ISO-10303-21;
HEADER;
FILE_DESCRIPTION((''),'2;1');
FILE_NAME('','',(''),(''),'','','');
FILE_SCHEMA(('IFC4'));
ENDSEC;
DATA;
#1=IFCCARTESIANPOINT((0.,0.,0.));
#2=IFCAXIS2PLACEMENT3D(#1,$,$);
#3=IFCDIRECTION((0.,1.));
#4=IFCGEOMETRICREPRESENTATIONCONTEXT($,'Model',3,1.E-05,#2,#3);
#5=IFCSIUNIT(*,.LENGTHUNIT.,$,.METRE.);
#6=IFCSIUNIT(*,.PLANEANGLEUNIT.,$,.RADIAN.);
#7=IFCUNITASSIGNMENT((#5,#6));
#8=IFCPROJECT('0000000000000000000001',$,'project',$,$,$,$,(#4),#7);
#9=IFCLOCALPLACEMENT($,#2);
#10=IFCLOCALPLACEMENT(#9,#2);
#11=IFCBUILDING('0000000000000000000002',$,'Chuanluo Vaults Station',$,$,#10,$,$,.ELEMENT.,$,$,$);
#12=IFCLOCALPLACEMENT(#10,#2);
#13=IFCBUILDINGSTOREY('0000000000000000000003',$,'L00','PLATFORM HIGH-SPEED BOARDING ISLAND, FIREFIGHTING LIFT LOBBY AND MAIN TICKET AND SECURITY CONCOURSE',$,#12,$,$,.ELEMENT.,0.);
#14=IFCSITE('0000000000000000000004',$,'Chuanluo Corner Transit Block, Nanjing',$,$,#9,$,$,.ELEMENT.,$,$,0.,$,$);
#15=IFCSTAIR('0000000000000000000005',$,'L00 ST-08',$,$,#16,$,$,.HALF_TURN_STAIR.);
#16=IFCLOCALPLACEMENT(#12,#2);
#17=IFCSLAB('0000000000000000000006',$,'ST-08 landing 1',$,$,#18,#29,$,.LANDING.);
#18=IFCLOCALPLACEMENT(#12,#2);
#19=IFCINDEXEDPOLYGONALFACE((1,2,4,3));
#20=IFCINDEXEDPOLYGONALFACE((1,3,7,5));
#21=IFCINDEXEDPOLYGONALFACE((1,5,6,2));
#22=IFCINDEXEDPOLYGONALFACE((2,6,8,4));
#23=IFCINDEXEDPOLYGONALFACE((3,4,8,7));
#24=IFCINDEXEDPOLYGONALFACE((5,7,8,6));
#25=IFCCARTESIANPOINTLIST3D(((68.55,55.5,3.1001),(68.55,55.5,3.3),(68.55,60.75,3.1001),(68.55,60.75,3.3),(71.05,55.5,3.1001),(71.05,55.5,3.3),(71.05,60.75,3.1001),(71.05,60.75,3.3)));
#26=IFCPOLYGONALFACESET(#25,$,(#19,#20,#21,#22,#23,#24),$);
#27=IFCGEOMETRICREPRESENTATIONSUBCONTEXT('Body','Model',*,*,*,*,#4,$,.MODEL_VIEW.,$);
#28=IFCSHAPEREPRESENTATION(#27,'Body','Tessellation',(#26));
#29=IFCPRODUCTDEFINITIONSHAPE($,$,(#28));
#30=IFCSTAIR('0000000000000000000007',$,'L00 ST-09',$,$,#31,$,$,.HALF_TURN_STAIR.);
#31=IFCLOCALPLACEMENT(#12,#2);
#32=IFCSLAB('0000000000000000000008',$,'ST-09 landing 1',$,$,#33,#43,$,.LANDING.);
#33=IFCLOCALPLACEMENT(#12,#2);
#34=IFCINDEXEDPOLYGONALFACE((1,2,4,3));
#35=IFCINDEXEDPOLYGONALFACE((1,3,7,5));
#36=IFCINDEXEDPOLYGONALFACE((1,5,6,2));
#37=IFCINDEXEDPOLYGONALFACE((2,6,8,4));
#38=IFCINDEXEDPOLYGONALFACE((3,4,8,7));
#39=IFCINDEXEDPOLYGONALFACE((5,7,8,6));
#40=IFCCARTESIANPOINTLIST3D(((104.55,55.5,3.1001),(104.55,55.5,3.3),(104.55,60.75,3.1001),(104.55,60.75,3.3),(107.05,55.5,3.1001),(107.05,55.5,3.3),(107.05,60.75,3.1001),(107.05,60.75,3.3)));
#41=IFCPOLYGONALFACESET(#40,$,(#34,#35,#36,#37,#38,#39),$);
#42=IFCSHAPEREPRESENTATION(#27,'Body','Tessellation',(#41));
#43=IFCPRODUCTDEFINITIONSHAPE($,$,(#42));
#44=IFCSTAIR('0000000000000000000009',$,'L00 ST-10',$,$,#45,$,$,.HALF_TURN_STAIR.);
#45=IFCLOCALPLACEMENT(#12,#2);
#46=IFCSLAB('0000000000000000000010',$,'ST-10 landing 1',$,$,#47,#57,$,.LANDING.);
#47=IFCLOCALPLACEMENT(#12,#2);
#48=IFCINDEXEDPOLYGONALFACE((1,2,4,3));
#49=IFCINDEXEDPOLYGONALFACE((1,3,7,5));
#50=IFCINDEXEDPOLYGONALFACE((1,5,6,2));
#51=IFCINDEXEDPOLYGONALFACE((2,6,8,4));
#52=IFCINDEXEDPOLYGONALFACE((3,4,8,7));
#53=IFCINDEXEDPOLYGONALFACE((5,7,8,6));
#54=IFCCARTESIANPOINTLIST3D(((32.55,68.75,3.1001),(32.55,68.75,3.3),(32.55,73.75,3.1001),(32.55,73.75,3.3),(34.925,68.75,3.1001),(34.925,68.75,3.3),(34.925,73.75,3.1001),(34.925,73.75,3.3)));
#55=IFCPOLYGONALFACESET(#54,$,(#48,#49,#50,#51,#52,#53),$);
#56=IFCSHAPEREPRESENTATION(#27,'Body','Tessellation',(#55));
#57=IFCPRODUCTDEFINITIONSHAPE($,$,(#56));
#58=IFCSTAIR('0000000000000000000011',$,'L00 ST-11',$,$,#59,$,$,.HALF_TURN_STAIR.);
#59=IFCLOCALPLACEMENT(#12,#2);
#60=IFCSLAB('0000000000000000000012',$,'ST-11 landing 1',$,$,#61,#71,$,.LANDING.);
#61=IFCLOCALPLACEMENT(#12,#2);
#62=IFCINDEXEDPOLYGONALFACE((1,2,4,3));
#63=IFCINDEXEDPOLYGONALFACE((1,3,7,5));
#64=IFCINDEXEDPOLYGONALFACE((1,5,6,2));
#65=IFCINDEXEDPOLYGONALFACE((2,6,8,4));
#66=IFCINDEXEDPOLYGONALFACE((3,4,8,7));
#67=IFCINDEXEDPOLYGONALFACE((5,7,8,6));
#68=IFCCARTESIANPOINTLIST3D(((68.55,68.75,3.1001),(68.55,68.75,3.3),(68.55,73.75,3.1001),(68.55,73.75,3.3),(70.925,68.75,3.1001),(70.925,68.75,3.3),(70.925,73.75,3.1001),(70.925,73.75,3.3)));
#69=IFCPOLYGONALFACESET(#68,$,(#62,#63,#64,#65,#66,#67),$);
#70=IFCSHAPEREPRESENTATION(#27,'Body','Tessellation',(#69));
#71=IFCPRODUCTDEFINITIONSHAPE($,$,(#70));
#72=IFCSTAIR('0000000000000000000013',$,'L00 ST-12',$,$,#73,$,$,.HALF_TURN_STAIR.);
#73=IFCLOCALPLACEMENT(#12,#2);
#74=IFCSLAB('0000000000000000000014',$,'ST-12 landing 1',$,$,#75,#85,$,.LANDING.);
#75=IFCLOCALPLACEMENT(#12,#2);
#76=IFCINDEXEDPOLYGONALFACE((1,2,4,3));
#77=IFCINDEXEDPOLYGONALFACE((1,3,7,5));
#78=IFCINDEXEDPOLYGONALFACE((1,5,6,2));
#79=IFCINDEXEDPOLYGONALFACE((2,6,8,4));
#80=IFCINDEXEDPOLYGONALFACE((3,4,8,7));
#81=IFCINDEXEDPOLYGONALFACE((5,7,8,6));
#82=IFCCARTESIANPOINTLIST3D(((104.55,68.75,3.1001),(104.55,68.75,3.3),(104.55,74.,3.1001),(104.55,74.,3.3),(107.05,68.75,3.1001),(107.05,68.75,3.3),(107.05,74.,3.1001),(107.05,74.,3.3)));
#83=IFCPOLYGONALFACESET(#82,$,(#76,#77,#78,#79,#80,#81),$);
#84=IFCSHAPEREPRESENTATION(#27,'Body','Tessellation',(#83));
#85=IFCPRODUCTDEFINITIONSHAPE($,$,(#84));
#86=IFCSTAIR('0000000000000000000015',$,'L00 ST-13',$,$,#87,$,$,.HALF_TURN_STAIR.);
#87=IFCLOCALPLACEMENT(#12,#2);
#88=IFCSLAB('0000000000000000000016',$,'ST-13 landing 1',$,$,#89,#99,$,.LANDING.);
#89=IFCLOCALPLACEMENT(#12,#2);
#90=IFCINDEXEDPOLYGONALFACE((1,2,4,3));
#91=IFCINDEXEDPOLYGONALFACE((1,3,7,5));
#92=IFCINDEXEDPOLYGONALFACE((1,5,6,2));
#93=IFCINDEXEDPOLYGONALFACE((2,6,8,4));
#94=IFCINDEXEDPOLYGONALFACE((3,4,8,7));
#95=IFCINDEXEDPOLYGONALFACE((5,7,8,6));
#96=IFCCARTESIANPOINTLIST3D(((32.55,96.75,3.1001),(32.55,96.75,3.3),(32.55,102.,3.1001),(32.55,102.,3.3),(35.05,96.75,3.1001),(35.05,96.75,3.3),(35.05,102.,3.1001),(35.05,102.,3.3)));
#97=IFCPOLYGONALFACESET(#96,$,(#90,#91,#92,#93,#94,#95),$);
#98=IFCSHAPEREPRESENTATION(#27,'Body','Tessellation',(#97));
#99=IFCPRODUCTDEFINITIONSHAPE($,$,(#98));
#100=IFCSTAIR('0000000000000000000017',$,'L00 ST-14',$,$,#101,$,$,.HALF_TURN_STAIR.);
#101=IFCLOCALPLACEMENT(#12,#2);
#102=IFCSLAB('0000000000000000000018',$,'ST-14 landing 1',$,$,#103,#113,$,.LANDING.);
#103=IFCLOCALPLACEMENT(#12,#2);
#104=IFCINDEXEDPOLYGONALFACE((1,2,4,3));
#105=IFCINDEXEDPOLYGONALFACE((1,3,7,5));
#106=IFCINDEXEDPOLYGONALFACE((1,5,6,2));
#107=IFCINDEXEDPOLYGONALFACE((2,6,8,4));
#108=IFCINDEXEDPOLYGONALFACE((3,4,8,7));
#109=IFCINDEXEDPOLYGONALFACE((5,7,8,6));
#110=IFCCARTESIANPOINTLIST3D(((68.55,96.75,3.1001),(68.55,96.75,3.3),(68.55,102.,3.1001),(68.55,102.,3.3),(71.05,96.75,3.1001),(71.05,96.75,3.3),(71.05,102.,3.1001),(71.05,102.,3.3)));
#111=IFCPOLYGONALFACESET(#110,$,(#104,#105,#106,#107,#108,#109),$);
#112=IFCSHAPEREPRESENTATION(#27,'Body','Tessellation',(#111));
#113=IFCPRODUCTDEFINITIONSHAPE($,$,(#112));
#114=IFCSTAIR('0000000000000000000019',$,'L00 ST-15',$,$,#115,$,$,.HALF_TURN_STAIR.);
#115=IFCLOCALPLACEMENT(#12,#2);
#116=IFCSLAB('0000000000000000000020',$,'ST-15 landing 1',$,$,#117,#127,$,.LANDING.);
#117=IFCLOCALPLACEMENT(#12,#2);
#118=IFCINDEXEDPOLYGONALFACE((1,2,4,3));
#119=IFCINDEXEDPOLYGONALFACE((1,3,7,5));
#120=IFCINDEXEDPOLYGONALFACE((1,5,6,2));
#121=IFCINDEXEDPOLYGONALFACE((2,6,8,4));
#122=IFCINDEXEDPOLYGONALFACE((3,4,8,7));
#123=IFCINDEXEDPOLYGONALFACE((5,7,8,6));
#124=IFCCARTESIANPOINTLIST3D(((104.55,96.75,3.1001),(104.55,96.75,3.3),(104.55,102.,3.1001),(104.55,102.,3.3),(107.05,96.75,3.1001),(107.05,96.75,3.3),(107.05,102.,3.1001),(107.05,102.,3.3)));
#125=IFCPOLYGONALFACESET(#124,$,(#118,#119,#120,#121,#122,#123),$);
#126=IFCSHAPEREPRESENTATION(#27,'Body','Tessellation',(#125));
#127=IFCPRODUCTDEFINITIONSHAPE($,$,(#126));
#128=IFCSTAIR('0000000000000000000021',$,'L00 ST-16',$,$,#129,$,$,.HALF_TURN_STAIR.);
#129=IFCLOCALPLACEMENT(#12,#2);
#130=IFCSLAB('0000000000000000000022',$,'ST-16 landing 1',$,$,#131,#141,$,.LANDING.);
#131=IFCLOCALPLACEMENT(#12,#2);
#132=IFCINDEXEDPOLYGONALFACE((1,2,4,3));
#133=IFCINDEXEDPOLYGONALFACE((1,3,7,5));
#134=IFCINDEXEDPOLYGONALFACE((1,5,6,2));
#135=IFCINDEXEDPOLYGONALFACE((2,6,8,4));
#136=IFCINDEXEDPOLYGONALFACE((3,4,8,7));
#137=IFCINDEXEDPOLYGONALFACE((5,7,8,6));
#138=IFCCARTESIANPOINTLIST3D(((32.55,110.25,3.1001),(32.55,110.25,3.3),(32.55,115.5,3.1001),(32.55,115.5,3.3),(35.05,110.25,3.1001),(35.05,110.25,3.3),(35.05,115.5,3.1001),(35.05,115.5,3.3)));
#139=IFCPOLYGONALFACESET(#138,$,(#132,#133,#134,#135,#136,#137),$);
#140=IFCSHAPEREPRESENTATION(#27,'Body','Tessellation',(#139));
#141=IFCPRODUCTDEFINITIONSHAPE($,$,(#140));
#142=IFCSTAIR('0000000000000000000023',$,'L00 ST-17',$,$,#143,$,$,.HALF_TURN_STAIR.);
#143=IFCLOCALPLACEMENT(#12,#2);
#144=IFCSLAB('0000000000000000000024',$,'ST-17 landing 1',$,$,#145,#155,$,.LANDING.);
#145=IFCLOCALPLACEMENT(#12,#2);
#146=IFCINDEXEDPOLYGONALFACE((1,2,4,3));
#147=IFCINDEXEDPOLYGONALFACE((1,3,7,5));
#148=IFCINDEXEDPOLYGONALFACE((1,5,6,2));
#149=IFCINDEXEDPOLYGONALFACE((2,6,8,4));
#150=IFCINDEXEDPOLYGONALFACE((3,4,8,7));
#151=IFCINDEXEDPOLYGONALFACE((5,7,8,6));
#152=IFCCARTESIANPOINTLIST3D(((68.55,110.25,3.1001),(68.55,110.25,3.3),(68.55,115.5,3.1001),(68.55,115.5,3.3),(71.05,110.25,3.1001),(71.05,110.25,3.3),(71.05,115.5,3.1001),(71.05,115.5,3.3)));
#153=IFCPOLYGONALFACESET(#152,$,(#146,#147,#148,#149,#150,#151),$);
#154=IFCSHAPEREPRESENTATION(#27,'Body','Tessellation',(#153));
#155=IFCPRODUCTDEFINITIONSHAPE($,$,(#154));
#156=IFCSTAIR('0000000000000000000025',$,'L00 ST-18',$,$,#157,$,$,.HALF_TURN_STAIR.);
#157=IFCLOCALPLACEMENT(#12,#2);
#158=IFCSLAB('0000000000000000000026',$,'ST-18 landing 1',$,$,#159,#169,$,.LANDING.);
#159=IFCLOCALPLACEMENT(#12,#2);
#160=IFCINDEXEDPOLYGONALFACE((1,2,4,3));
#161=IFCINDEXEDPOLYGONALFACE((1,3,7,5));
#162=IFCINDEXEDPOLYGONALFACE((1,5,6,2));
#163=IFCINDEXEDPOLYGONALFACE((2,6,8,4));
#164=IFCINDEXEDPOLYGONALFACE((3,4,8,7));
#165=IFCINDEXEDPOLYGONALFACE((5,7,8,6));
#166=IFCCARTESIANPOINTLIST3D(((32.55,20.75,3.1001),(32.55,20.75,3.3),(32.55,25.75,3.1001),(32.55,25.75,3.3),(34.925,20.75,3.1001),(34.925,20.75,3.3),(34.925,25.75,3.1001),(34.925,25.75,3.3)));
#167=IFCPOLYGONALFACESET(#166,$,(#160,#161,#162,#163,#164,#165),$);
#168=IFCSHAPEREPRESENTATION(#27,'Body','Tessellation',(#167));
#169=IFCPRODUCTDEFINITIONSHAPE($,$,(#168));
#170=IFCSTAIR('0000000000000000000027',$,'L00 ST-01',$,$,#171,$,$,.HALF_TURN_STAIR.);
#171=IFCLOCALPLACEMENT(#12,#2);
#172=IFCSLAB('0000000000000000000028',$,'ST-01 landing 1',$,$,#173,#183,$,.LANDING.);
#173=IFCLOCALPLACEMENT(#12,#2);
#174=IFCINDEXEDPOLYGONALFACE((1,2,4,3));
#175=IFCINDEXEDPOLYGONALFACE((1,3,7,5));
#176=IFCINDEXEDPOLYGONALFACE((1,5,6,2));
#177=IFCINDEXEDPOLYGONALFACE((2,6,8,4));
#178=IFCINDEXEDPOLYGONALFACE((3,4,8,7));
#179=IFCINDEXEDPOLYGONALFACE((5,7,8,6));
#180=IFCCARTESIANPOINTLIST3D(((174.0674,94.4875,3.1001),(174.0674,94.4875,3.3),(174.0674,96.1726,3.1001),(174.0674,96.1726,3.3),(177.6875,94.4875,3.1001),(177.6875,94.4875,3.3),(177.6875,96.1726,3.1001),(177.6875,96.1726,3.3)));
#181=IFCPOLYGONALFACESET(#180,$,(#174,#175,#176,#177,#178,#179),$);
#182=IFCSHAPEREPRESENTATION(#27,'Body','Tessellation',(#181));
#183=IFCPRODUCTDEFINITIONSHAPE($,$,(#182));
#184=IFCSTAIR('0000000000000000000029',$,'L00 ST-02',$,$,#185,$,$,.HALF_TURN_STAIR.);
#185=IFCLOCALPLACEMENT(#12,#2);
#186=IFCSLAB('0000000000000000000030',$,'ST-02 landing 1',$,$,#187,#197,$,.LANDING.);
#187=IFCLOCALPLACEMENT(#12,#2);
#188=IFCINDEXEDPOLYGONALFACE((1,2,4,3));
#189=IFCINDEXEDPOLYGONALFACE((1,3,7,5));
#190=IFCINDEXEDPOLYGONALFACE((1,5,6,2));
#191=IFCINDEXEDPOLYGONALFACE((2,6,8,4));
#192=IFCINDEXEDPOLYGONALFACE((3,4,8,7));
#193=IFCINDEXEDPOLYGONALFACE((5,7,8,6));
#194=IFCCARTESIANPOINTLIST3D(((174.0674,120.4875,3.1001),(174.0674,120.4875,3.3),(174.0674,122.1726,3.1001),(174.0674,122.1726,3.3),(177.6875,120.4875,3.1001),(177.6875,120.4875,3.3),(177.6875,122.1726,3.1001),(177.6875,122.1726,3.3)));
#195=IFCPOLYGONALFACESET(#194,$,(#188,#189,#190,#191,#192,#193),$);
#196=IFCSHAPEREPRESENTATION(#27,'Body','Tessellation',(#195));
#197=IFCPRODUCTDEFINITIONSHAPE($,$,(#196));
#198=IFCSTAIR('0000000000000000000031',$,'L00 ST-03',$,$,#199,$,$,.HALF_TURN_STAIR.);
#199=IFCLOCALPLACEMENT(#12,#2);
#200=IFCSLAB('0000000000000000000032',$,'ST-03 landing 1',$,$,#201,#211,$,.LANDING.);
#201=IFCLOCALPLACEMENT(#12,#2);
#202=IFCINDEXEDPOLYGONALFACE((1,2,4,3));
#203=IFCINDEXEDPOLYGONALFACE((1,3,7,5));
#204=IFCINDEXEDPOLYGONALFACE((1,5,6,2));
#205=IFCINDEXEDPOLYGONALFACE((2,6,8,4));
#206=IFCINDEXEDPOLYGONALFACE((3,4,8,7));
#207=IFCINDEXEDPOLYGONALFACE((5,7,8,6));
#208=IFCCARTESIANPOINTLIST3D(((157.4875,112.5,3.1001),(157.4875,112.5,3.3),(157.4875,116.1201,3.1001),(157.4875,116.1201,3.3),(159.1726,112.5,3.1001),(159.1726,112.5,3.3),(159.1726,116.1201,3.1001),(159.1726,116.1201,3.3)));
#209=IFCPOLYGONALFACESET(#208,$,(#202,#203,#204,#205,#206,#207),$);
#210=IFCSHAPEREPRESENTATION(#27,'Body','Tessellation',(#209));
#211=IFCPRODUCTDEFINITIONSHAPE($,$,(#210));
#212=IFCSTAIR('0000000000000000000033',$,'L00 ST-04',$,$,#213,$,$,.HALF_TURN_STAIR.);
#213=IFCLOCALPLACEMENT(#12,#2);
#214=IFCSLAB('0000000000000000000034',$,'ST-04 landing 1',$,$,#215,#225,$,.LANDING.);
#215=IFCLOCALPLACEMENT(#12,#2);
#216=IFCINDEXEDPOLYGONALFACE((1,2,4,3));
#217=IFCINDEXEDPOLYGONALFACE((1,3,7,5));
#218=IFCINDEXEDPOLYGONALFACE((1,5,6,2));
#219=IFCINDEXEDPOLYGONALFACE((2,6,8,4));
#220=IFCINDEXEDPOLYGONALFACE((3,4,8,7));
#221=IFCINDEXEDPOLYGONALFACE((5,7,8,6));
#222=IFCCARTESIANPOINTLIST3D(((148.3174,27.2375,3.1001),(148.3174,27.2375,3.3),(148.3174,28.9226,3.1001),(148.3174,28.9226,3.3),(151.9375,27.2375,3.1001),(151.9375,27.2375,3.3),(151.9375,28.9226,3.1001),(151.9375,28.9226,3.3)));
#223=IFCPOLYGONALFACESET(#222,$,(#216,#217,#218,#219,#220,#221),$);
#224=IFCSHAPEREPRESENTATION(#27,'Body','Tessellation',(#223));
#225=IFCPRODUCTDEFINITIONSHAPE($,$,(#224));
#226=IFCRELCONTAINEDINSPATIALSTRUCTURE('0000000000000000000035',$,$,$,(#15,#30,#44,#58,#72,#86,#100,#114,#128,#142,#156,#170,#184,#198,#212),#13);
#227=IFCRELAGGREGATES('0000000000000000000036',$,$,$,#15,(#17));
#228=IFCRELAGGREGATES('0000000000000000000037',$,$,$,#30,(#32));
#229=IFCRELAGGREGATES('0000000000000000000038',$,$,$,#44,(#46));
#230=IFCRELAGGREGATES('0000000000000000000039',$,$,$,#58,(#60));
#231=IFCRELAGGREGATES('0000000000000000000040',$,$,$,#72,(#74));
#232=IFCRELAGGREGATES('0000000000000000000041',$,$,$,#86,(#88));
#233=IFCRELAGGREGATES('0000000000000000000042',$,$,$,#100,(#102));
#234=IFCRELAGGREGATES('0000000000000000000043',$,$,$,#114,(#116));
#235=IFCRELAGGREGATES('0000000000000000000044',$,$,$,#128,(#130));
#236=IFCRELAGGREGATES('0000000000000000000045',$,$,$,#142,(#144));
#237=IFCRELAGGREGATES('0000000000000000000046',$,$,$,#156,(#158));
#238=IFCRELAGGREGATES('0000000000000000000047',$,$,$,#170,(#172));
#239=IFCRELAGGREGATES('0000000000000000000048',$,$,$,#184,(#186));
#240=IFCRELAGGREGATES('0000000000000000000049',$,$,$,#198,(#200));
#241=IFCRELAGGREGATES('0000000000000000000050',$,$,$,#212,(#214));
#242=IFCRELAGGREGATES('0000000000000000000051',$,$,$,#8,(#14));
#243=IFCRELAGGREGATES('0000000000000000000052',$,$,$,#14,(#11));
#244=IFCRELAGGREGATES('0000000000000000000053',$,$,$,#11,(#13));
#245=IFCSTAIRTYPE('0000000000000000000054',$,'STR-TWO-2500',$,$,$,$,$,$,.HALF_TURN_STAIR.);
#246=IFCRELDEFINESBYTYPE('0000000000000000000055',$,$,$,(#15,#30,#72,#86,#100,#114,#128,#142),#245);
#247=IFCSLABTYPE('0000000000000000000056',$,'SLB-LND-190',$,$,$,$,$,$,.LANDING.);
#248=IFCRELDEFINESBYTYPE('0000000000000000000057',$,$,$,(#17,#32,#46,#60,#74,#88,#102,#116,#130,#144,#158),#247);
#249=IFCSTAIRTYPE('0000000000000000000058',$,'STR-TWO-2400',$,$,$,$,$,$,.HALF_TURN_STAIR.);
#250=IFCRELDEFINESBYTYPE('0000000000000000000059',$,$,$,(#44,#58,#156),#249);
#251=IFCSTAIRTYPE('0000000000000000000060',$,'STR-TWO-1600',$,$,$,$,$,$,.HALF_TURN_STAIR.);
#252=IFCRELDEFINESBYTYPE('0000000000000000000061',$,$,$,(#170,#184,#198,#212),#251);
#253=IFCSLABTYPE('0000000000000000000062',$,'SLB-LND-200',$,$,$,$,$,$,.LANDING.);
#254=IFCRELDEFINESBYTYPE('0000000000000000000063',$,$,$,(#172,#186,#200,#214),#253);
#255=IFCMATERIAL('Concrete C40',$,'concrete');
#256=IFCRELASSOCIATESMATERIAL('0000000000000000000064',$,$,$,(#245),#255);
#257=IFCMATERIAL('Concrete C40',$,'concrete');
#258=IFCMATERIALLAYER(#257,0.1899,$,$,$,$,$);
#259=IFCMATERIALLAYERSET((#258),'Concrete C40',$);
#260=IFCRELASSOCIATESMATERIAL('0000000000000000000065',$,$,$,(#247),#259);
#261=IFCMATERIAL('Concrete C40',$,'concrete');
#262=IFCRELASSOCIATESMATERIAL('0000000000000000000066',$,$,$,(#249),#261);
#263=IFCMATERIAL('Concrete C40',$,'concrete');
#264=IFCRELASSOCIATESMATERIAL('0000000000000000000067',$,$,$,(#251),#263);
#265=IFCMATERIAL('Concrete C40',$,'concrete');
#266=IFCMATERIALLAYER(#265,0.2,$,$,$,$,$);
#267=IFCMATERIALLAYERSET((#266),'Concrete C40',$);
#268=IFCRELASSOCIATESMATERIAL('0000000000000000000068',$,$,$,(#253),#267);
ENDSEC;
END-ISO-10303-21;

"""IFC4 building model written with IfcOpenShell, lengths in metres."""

from ifc_helpers import new_model, si_unit, direction, frame, origin, place, context, subcontext, project, spatial, polyline, outline, extrude, material, layer, layer_set, type_object, element, aggregate, save


model = new_model("IFC4")

# Units and contexts
model_context = context("Model", 3, precision=1e-05, world=origin(), true_north=direction((0.0, 1.0)))
body_context = subcontext(model_context, "Body", "Model", "MODEL_VIEW")
ifc_project = project(units=[si_unit("LENGTHUNIT", "METRE"), si_unit("PLANEANGLEUNIT", "RADIAN")], contexts=[model_context])

# Site, building, storey
site_placement = place(None, origin())
site = spatial("IfcSite", under=ifc_project, at=site_placement, Name="Chuanluo Corner Transit Block, Nanjing", CompositionType="ELEMENT", RefElevation=0.0)
building_placement = place(site_placement, origin())
building = spatial("IfcBuilding", under=site, at=building_placement, Name="Chuanluo Vaults Station", CompositionType="ELEMENT")
storey_placement = place(building_placement, origin())
storey = spatial("IfcBuildingStorey", under=building, at=storey_placement, Name="L00", Description="PLATFORM HIGH-SPEED BOARDING ISLAND, FIREFIGHTING LIFT LOBBY AND MAIN TICKET AND SECURITY CONCOURSE", CompositionType="ELEMENT", Elevation=0.0)

# Stairs, slabs
ifc_material_1 = material(Name="Concrete C40", Category="concrete")
stair_type_1 = type_object("IfcStairType", Name="STR-TWO-2500", PredefinedType="HALF_TURN_STAIR", material=ifc_material_1)
ifc_material_2 = material(Name="Concrete C40", Category="concrete")
ifc_layer_1 = layer(ifc_material_2, 0.1899)
ifc_layer_set_1 = layer_set([ifc_layer_1], Name="Concrete C40")
slab_type_1 = type_object("IfcSlabType", Name="SLB-LND-190", PredefinedType="LANDING", material=ifc_layer_set_1)
stair_1_placement = place(storey_placement, origin())
stair_1 = element("IfcStair", 1, at=stair_1_placement, inside=storey, type_object=stair_type_1, Name="L00 ST-08", PredefinedType="HALF_TURN_STAIR")
slab_1_placement = place(storey_placement, frame((0.0, 0.0, 3.1001)))
slab_1 = element("IfcSlab", 2, at=slab_1_placement, type_object=slab_type_1, Name="ST-08 landing 1", PredefinedType="LANDING", context=body_context, shape_type="SweptSolid", body=[
    extrude(outline(polyline([(68.55, 55.5), (71.05, 55.5), (71.05, 60.75), (68.55, 60.75), (68.55, 55.5)])), origin(), (0.0, 0.0, 1.0), 0.2),
])
aggregate(stair_1, [slab_1])
stair_2_placement = place(storey_placement, origin())
stair_2 = element("IfcStair", 3, at=stair_2_placement, inside=storey, type_object=stair_type_1, Name="L00 ST-09", PredefinedType="HALF_TURN_STAIR")
slab_2_placement = place(storey_placement, frame((0.0, 0.0, 3.1001)))
slab_2 = element("IfcSlab", 4, at=slab_2_placement, type_object=slab_type_1, Name="ST-09 landing 1", PredefinedType="LANDING", context=body_context, shape_type="SweptSolid", body=[
    extrude(outline(polyline([(104.55, 55.5), (107.05, 55.5), (107.05, 60.75), (104.55, 60.75), (104.55, 55.5)])), origin(), (0.0, 0.0, 1.0), 0.2),
])
aggregate(stair_2, [slab_2])
ifc_material_3 = material(Name="Concrete C40", Category="concrete")
stair_type_2 = type_object("IfcStairType", Name="STR-TWO-2400", PredefinedType="HALF_TURN_STAIR", material=ifc_material_3)
stair_3_placement = place(storey_placement, origin())
stair_3 = element("IfcStair", 5, at=stair_3_placement, inside=storey, type_object=stair_type_2, Name="L00 ST-10", PredefinedType="HALF_TURN_STAIR")
slab_3_placement = place(storey_placement, frame((0.0, 0.0, 3.1001)))
slab_3 = element("IfcSlab", 6, at=slab_3_placement, type_object=slab_type_1, Name="ST-10 landing 1", PredefinedType="LANDING", context=body_context, shape_type="SweptSolid", body=[
    extrude(outline(polyline([(32.55, 68.75), (34.925, 68.75), (34.925, 73.75), (32.55, 73.75), (32.55, 68.75)])), origin(), (0.0, 0.0, 1.0), 0.2),
])
aggregate(stair_3, [slab_3])
stair_4_placement = place(storey_placement, origin())
stair_4 = element("IfcStair", 7, at=stair_4_placement, inside=storey, type_object=stair_type_2, Name="L00 ST-11", PredefinedType="HALF_TURN_STAIR")
slab_4_placement = place(storey_placement, frame((0.0, 0.0, 3.1001)))
slab_4 = element("IfcSlab", 8, at=slab_4_placement, type_object=slab_type_1, Name="ST-11 landing 1", PredefinedType="LANDING", context=body_context, shape_type="SweptSolid", body=[
    extrude(outline(polyline([(68.55, 68.75), (70.925, 68.75), (70.925, 73.75), (68.55, 73.75), (68.55, 68.75)])), origin(), (0.0, 0.0, 1.0), 0.2),
])
aggregate(stair_4, [slab_4])
stair_5_placement = place(storey_placement, origin())
stair_5 = element("IfcStair", 9, at=stair_5_placement, inside=storey, type_object=stair_type_1, Name="L00 ST-12", PredefinedType="HALF_TURN_STAIR")
slab_5_placement = place(storey_placement, frame((0.0, 0.0, 3.1001)))
slab_5 = element("IfcSlab", 10, at=slab_5_placement, type_object=slab_type_1, Name="ST-12 landing 1", PredefinedType="LANDING", context=body_context, shape_type="SweptSolid", body=[
    extrude(outline(polyline([(104.55, 68.75), (107.05, 68.75), (107.05, 74.0), (104.55, 74.0), (104.55, 68.75)])), origin(), (0.0, 0.0, 1.0), 0.2),
])
aggregate(stair_5, [slab_5])
stair_6_placement = place(storey_placement, origin())
stair_6 = element("IfcStair", 11, at=stair_6_placement, inside=storey, type_object=stair_type_1, Name="L00 ST-13", PredefinedType="HALF_TURN_STAIR")
slab_6_placement = place(storey_placement, frame((0.0, 0.0, 3.1001)))
slab_6 = element("IfcSlab", 12, at=slab_6_placement, type_object=slab_type_1, Name="ST-13 landing 1", PredefinedType="LANDING", context=body_context, shape_type="SweptSolid", body=[
    extrude(outline(polyline([(32.55, 96.75), (35.05, 96.75), (35.05, 102.0), (32.55, 102.0), (32.55, 96.75)])), origin(), (0.0, 0.0, 1.0), 0.2),
])
aggregate(stair_6, [slab_6])
stair_7_placement = place(storey_placement, origin())
stair_7 = element("IfcStair", 13, at=stair_7_placement, inside=storey, type_object=stair_type_1, Name="L00 ST-14", PredefinedType="HALF_TURN_STAIR")
slab_7_placement = place(storey_placement, frame((0.0, 0.0, 3.1001)))
slab_7 = element("IfcSlab", 14, at=slab_7_placement, type_object=slab_type_1, Name="ST-14 landing 1", PredefinedType="LANDING", context=body_context, shape_type="SweptSolid", body=[
    extrude(outline(polyline([(68.55, 96.75), (71.05, 96.75), (71.05, 102.0), (68.55, 102.0), (68.55, 96.75)])), origin(), (0.0, 0.0, 1.0), 0.2),
])
aggregate(stair_7, [slab_7])
stair_8_placement = place(storey_placement, origin())
stair_8 = element("IfcStair", 15, at=stair_8_placement, inside=storey, type_object=stair_type_1, Name="L00 ST-15", PredefinedType="HALF_TURN_STAIR")
slab_8_placement = place(storey_placement, frame((0.0, 0.0, 3.1001)))
slab_8 = element("IfcSlab", 16, at=slab_8_placement, type_object=slab_type_1, Name="ST-15 landing 1", PredefinedType="LANDING", context=body_context, shape_type="SweptSolid", body=[
    extrude(outline(polyline([(104.55, 96.75), (107.05, 96.75), (107.05, 102.0), (104.55, 102.0), (104.55, 96.75)])), origin(), (0.0, 0.0, 1.0), 0.2),
])
aggregate(stair_8, [slab_8])
stair_9_placement = place(storey_placement, origin())
stair_9 = element("IfcStair", 17, at=stair_9_placement, inside=storey, type_object=stair_type_1, Name="L00 ST-16", PredefinedType="HALF_TURN_STAIR")
slab_9_placement = place(storey_placement, frame((0.0, 0.0, 3.1001)))
slab_9 = element("IfcSlab", 18, at=slab_9_placement, type_object=slab_type_1, Name="ST-16 landing 1", PredefinedType="LANDING", context=body_context, shape_type="SweptSolid", body=[
    extrude(outline(polyline([(32.55, 110.25), (35.05, 110.25), (35.05, 115.5), (32.55, 115.5), (32.55, 110.25)])), origin(), (0.0, 0.0, 1.0), 0.2),
])
aggregate(stair_9, [slab_9])
stair_10_placement = place(storey_placement, origin())
stair_10 = element("IfcStair", 19, at=stair_10_placement, inside=storey, type_object=stair_type_1, Name="L00 ST-17", PredefinedType="HALF_TURN_STAIR")
slab_10_placement = place(storey_placement, frame((0.0, 0.0, 3.1001)))
slab_10 = element("IfcSlab", 20, at=slab_10_placement, type_object=slab_type_1, Name="ST-17 landing 1", PredefinedType="LANDING", context=body_context, shape_type="SweptSolid", body=[
    extrude(outline(polyline([(68.55, 110.25), (71.05, 110.25), (71.05, 115.5), (68.55, 115.5), (68.55, 110.25)])), origin(), (0.0, 0.0, 1.0), 0.2),
])
aggregate(stair_10, [slab_10])
stair_11_placement = place(storey_placement, origin())
stair_11 = element("IfcStair", 21, at=stair_11_placement, inside=storey, type_object=stair_type_2, Name="L00 ST-18", PredefinedType="HALF_TURN_STAIR")
slab_11_placement = place(storey_placement, frame((0.0, 0.0, 3.1001)))
slab_11 = element("IfcSlab", 22, at=slab_11_placement, type_object=slab_type_1, Name="ST-18 landing 1", PredefinedType="LANDING", context=body_context, shape_type="SweptSolid", body=[
    extrude(outline(polyline([(32.55, 20.75), (34.925, 20.75), (34.925, 25.75), (32.55, 25.75), (32.55, 20.75)])), origin(), (0.0, 0.0, 1.0), 0.2),
])
aggregate(stair_11, [slab_11])
ifc_material_4 = material(Name="Concrete C40", Category="concrete")
stair_type_3 = type_object("IfcStairType", Name="STR-TWO-1600", PredefinedType="HALF_TURN_STAIR", material=ifc_material_4)
stair_12_placement = place(storey_placement, origin())
stair_12 = element("IfcStair", 23, at=stair_12_placement, inside=storey, type_object=stair_type_3, Name="L00 ST-01", PredefinedType="HALF_TURN_STAIR")
ifc_material_5 = material(Name="Concrete C40", Category="concrete")
ifc_layer_2 = layer(ifc_material_5, 0.2)
ifc_layer_set_2 = layer_set([ifc_layer_2], Name="Concrete C40")
slab_type_2 = type_object("IfcSlabType", Name="SLB-LND-200", PredefinedType="LANDING", material=ifc_layer_set_2)
slab_12_placement = place(storey_placement, frame((0.0, 0.0, 3.1001)))
slab_12 = element("IfcSlab", 24, at=slab_12_placement, type_object=slab_type_2, Name="ST-01 landing 1", PredefinedType="LANDING", context=body_context, shape_type="SweptSolid", body=[
    extrude(outline(polyline([(177.6875, 94.4875), (177.6875, 96.1726), (174.0674, 96.1726), (174.0674, 94.4875), (177.6875, 94.4875)])), origin(), (0.0, 0.0, 1.0), 0.2),
])
aggregate(stair_12, [slab_12])
stair_13_placement = place(storey_placement, origin())
stair_13 = element("IfcStair", 25, at=stair_13_placement, inside=storey, type_object=stair_type_3, Name="L00 ST-02", PredefinedType="HALF_TURN_STAIR")
slab_13_placement = place(storey_placement, frame((0.0, 0.0, 3.1001)))
slab_13 = element("IfcSlab", 26, at=slab_13_placement, type_object=slab_type_2, Name="ST-02 landing 1", PredefinedType="LANDING", context=body_context, shape_type="SweptSolid", body=[
    extrude(outline(polyline([(177.6875, 120.4875), (177.6875, 122.1726), (174.0674, 122.1726), (174.0674, 120.4875), (177.6875, 120.4875)])), origin(), (0.0, 0.0, 1.0), 0.2),
])
aggregate(stair_13, [slab_13])
stair_14_placement = place(storey_placement, origin())
stair_14 = element("IfcStair", 27, at=stair_14_placement, inside=storey, type_object=stair_type_3, Name="L00 ST-03", PredefinedType="HALF_TURN_STAIR")
slab_14_placement = place(storey_placement, frame((0.0, 0.0, 3.1001)))
slab_14 = element("IfcSlab", 28, at=slab_14_placement, type_object=slab_type_2, Name="ST-03 landing 1", PredefinedType="LANDING", context=body_context, shape_type="SweptSolid", body=[
    extrude(outline(polyline([(157.4875, 112.5), (159.1726, 112.5), (159.1726, 116.1201), (157.4875, 116.1201), (157.4875, 112.5)])), origin(), (0.0, 0.0, 1.0), 0.2),
])
aggregate(stair_14, [slab_14])
stair_15_placement = place(storey_placement, origin())
stair_15 = element("IfcStair", 29, at=stair_15_placement, inside=storey, type_object=stair_type_3, Name="L00 ST-04", PredefinedType="HALF_TURN_STAIR")
slab_15_placement = place(storey_placement, frame((0.0, 0.0, 3.1001)))
slab_15 = element("IfcSlab", 30, at=slab_15_placement, type_object=slab_type_2, Name="ST-04 landing 1", PredefinedType="LANDING", context=body_context, shape_type="SweptSolid", body=[
    extrude(outline(polyline([(151.9375, 27.2375), (151.9375, 28.9226), (148.3174, 28.9226), (148.3174, 27.2375), (151.9375, 27.2375)])), origin(), (0.0, 0.0, 1.0), 0.2),
])
aggregate(stair_15, [slab_15])

save(model, "model.ifc")
